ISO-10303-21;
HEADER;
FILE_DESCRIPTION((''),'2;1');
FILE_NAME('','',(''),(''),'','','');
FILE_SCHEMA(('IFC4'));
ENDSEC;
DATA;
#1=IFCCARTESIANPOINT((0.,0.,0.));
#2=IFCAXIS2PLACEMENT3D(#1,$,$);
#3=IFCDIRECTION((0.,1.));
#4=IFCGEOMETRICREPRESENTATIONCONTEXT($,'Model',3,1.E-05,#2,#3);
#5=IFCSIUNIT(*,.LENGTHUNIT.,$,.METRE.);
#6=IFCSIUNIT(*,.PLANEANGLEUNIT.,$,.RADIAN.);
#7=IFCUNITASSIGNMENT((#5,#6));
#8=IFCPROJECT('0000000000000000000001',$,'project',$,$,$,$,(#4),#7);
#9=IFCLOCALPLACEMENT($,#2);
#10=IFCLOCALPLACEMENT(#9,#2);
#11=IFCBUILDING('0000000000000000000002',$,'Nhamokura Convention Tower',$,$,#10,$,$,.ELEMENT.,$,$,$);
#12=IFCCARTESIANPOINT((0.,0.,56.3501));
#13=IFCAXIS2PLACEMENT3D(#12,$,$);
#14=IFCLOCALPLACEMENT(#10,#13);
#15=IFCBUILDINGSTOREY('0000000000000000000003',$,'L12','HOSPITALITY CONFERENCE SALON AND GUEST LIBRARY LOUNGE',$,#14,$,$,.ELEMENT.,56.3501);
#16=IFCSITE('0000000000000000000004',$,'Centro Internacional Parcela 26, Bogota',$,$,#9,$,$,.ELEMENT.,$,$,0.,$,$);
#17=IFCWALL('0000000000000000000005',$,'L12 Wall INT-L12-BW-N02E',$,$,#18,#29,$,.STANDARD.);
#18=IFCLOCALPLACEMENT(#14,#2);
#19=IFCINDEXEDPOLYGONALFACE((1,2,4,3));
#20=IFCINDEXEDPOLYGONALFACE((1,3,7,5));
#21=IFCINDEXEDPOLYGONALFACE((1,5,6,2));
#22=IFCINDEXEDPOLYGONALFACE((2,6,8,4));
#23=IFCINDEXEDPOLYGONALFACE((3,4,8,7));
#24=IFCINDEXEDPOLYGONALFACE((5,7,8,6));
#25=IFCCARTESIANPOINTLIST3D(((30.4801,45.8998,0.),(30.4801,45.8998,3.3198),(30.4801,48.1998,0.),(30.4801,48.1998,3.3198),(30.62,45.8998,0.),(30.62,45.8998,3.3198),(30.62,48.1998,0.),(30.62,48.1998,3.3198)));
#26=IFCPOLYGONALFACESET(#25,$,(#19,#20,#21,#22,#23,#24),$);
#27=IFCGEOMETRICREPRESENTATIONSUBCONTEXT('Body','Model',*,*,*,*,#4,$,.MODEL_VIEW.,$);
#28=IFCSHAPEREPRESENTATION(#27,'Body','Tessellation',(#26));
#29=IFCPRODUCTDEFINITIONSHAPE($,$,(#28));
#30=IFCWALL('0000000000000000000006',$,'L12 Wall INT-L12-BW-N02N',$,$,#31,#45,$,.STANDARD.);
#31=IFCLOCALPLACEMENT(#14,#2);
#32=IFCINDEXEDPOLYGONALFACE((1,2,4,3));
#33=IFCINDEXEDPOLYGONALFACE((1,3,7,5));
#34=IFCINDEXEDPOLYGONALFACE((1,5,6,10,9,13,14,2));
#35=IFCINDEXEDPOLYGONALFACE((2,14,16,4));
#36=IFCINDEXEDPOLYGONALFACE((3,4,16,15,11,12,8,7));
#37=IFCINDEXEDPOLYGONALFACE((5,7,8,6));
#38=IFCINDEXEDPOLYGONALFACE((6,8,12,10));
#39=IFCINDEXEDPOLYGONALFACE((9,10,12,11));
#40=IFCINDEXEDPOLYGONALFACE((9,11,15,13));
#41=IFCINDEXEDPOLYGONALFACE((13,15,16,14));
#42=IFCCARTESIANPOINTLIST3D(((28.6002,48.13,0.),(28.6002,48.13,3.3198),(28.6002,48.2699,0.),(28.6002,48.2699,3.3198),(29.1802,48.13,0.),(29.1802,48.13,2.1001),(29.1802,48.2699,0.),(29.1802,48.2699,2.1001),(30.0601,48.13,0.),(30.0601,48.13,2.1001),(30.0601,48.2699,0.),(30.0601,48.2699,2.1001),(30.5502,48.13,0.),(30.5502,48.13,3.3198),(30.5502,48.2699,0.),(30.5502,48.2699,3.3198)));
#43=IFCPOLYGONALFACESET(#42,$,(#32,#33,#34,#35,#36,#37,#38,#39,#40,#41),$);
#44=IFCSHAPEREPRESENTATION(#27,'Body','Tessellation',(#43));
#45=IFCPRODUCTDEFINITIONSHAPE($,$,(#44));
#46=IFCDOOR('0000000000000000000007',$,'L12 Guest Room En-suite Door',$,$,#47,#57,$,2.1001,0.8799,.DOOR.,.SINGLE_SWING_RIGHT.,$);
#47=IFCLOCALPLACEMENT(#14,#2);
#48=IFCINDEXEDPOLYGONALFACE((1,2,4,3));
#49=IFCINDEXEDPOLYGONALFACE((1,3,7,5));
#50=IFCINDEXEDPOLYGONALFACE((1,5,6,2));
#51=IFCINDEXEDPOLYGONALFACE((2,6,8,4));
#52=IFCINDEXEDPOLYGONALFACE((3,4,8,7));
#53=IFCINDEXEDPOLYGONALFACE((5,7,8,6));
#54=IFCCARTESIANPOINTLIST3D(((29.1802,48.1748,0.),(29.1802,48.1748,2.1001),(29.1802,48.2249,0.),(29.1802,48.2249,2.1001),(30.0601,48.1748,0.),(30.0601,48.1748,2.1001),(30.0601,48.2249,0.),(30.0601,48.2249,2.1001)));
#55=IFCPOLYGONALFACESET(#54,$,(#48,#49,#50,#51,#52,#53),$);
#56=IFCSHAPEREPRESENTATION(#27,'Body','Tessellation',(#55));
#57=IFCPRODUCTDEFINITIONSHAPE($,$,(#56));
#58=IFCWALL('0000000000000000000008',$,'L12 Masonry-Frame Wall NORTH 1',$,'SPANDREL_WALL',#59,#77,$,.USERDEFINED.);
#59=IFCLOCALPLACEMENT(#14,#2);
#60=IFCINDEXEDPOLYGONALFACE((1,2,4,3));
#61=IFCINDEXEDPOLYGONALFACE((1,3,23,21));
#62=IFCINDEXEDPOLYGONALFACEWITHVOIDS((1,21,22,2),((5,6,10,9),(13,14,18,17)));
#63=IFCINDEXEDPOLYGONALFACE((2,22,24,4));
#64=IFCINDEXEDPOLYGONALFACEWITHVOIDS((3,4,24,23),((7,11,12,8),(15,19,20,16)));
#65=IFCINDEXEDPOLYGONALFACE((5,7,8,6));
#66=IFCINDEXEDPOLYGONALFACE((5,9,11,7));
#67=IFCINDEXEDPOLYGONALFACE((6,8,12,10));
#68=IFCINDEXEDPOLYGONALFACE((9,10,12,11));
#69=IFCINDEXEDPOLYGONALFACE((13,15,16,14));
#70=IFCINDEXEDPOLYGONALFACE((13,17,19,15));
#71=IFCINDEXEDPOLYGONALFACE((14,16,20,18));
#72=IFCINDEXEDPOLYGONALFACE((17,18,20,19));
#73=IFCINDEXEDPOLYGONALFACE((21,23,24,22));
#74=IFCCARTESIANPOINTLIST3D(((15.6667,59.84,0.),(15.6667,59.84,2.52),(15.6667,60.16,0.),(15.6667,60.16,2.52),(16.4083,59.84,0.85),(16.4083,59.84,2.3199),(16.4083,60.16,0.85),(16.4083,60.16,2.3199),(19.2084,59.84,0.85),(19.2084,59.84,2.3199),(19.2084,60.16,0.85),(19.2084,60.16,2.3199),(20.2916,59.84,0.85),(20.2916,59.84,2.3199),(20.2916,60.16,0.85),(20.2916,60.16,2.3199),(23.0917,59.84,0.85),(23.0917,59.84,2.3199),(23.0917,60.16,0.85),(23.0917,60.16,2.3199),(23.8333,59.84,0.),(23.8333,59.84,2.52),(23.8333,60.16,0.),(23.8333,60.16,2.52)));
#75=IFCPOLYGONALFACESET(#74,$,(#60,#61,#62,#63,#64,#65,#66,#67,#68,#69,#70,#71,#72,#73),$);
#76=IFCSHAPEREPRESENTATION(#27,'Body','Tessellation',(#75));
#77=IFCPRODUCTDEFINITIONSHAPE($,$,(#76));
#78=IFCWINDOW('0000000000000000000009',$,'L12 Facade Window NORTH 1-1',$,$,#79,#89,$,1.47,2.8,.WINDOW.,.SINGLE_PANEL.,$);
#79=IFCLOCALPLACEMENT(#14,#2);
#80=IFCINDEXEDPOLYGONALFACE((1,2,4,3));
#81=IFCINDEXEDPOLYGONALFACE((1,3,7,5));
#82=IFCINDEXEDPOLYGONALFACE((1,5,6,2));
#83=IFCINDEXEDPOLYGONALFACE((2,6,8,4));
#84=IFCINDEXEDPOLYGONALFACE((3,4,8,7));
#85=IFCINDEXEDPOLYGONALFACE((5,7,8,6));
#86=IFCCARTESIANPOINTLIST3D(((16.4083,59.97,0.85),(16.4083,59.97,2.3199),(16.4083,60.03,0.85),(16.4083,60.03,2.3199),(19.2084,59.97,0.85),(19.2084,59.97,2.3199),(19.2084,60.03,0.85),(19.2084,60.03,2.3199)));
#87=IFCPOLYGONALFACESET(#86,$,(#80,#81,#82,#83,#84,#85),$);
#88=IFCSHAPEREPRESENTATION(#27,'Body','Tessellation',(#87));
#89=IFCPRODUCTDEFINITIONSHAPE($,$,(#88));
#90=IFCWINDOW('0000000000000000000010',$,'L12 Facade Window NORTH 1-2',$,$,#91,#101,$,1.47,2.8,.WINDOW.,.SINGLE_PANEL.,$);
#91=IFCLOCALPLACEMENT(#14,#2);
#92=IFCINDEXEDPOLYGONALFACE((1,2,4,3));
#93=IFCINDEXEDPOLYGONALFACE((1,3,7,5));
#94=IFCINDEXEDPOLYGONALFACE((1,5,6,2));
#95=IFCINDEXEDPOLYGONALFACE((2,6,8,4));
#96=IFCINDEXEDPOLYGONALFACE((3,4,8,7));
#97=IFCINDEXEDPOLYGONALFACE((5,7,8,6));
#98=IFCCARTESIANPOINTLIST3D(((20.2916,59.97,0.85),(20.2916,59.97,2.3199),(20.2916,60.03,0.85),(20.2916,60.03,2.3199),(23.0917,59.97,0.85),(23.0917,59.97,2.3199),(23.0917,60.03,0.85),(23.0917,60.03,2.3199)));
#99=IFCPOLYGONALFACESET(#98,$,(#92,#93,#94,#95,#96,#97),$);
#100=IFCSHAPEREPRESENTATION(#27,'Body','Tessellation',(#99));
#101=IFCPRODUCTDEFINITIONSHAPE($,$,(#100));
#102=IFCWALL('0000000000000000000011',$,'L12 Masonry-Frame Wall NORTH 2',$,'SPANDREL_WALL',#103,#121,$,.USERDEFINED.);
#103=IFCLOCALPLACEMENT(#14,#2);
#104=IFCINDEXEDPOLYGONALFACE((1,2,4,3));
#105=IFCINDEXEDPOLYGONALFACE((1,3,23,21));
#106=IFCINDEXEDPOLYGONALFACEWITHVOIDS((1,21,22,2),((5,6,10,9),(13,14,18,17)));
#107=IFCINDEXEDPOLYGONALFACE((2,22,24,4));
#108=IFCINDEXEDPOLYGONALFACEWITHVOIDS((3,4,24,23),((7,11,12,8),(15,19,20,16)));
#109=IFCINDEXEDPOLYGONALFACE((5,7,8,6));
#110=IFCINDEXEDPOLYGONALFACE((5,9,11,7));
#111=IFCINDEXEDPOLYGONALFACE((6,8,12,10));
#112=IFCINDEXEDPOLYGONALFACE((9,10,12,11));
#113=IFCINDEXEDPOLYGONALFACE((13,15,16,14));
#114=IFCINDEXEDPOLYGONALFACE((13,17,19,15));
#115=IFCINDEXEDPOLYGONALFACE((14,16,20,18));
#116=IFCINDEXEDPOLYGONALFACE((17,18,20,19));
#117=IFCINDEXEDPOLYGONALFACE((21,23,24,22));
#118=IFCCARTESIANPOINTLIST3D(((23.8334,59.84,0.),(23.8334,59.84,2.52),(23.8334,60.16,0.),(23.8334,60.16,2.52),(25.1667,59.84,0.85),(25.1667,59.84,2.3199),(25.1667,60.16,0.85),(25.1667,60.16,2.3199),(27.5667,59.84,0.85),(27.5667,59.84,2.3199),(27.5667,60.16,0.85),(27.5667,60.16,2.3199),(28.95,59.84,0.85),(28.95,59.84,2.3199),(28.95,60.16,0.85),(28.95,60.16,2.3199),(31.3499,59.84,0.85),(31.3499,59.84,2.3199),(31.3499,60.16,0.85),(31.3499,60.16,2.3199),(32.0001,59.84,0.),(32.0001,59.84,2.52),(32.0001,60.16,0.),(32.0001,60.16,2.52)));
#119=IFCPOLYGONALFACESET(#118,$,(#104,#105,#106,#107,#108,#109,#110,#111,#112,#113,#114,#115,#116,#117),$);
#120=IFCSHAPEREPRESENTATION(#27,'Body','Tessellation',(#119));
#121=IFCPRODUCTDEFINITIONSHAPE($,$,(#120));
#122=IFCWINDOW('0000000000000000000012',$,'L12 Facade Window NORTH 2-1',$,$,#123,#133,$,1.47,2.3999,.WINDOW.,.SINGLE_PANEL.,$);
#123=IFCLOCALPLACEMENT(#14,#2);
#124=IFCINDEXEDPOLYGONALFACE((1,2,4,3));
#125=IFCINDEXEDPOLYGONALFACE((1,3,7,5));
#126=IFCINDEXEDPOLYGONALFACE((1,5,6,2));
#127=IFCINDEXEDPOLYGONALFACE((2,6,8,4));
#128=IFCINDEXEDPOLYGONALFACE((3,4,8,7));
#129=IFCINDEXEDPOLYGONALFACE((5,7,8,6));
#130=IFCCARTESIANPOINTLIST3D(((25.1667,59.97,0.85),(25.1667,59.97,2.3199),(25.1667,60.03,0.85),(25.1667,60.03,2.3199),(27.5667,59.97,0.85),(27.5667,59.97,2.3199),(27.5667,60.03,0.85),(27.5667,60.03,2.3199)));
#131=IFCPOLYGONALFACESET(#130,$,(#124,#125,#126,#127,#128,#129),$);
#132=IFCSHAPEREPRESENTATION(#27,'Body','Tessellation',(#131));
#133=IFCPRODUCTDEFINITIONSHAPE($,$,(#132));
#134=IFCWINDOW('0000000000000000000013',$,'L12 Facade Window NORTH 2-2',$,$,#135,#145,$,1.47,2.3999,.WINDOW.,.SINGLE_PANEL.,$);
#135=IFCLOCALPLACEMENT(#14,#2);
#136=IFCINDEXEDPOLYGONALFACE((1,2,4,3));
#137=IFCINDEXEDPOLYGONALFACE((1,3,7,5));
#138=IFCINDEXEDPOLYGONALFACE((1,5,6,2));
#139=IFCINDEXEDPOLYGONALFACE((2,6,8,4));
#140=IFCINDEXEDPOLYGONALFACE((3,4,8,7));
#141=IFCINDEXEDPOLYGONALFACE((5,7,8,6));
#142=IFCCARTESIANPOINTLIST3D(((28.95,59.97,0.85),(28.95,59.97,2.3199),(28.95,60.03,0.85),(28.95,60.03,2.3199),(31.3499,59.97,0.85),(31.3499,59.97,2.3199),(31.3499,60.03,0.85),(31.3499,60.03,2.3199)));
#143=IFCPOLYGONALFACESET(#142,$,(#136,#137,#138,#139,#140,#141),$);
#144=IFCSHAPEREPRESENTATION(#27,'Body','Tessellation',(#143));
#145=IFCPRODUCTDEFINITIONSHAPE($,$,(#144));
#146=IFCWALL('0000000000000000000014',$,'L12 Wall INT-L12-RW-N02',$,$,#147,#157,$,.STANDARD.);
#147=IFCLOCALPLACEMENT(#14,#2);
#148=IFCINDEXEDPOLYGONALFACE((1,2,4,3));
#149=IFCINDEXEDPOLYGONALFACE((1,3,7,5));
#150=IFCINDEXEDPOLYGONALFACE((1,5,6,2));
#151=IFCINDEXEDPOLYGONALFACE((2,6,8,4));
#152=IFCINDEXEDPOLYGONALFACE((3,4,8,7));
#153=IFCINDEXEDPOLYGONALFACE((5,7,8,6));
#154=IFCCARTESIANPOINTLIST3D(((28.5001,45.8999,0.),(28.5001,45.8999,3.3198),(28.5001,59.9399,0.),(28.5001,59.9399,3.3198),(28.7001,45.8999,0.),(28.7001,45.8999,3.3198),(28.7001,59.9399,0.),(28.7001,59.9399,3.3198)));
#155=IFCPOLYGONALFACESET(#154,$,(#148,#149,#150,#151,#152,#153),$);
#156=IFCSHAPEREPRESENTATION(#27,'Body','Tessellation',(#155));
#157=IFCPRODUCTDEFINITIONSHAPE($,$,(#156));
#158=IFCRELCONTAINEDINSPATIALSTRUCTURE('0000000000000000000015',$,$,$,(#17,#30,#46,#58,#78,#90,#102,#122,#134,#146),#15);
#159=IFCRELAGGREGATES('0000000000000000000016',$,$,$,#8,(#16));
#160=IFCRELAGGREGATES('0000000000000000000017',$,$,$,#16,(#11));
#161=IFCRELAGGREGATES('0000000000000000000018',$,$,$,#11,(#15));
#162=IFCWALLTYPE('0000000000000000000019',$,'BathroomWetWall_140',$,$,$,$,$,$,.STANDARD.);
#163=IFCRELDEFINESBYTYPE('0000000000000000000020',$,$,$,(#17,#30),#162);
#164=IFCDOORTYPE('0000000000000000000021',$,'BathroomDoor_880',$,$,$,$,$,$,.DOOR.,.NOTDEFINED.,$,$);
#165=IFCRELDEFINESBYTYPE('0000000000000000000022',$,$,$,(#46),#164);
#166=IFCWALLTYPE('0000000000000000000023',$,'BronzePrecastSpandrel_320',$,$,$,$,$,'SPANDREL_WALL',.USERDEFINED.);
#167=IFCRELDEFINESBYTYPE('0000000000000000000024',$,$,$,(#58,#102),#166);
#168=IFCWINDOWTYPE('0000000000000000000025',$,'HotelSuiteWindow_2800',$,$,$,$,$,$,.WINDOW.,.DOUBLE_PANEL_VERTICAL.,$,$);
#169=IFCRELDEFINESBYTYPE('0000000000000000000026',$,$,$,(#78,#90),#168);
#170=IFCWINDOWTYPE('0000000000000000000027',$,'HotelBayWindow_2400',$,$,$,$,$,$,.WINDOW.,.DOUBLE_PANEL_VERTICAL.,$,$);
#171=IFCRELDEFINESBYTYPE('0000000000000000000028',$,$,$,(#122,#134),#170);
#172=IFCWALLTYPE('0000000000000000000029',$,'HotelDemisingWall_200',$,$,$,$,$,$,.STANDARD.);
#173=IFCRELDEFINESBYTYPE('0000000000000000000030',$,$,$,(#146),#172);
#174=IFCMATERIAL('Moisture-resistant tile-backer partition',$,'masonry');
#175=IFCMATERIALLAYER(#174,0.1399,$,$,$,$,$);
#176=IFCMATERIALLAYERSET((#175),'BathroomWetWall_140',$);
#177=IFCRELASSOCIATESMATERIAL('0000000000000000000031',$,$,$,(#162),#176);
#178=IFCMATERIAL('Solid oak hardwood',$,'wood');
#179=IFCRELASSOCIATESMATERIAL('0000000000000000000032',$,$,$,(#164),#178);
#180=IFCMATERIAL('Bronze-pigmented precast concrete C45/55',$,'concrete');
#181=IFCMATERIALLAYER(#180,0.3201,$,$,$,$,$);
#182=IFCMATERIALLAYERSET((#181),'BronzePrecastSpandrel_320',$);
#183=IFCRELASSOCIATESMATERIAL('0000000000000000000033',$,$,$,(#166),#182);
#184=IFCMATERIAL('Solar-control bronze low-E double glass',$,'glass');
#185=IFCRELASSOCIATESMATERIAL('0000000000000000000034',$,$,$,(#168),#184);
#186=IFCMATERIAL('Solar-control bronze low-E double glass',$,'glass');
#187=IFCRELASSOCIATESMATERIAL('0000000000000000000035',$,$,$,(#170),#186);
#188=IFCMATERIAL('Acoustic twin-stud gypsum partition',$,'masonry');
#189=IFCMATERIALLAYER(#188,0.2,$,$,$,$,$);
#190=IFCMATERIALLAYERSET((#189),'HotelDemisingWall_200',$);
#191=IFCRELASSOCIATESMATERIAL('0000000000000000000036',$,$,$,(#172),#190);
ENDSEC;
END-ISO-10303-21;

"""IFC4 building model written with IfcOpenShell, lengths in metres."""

from ifc_helpers import new_model, si_unit, direction, frame, frame_2d, origin, place, context, subcontext, project, spatial, rectangle, extrude, material, layer, layer_set, type_object, element, fill, save


model = new_model("IFC4")

# Units and contexts
model_context = context("Model", 3, precision=1e-05, world=origin(), true_north=direction((0.0, 1.0)))
body_context = subcontext(model_context, "Body", "Model", "MODEL_VIEW")
ifc_project = project(units=[si_unit("LENGTHUNIT", "METRE"), si_unit("PLANEANGLEUNIT", "RADIAN")], contexts=[model_context])

# Site, building, storey
site_placement = place(None, origin())
site = spatial("IfcSite", under=ifc_project, at=site_placement, Name="Centro Internacional Parcela 26, Bogota", CompositionType="ELEMENT", RefElevation=0.0)
building_placement = place(site_placement, origin())
building = spatial("IfcBuilding", under=site, at=building_placement, Name="Nhamokura Convention Tower", CompositionType="ELEMENT")
storey_placement = place(building_placement, frame((0.0, 0.0, 56.3501)))
storey = spatial("IfcBuildingStorey", under=building, at=storey_placement, Name="L12", Description="HOSPITALITY CONFERENCE SALON AND GUEST LIBRARY LOUNGE", CompositionType="ELEMENT", Elevation=56.3501)

# Shared definitions
ifc_material_1 = material(Name="Moisture-resistant tile-backer partition", Category="masonry")
ifc_layer_1 = layer(ifc_material_1, 0.1399)
ifc_layer_set_1 = layer_set([ifc_layer_1], Name="BathroomWetWall_140")
wall_type_1 = type_object("IfcWallType", Name="BathroomWetWall_140", PredefinedType="STANDARD", material=ifc_layer_set_1)

# Shared definitions
ifc_material_2 = material(Name="Solid oak hardwood", Category="wood")
door_type_1 = type_object("IfcDoorType", Name="BathroomDoor_880", OperationType="NOTDEFINED", PredefinedType="DOOR", material=ifc_material_2)

# Wall
wall_1_placement = place(storey_placement, frame((30.55, 45.8999, 0.0), z_axis=(0.0, 0.0, 1.0), x_axis=(0.0, 1.0, 0.0)))
element("IfcWall", 1, at=wall_1_placement, inside=storey, type_object=wall_type_1, Name="L12 Wall INT-L12-BW-N02E", PredefinedType="STANDARD", context=body_context, shape_type="SweptSolid", body=[
    extrude(rectangle(XDim=2.3, YDim=0.1399, at=frame_2d((1.1499, 0.0))), origin(), (0.0, 0.0, 1.0), 3.3198),
])

# Wall, opening, door
wall_2_placement = place(storey_placement, frame((28.6001, 48.2, 0.0), z_axis=(0.0, 0.0, 1.0), x_axis=(1.0, 0.0, 0.0)))
wall_2 = element("IfcWall", 2, at=wall_2_placement, inside=storey, type_object=wall_type_1, Name="L12 Wall INT-L12-BW-N02N", PredefinedType="STANDARD", context=body_context, shape_type="SweptSolid", body=[
    extrude(rectangle(XDim=1.95, YDim=0.1399, at=frame_2d((0.9751, 0.0))), origin(), (0.0, 0.0, 1.0), 3.3198),
])
opening_1_placement = place(wall_2_placement, frame((0.5801, 0.0, 0.0)))
opening_1 = element("IfcOpeningElement", 3, at=opening_1_placement, cuts=wall_2, PredefinedType="OPENING", context=body_context, shape_type="SweptSolid", body=[
    extrude(rectangle(XDim=0.8799, YDim=2.1001, at=frame_2d((0.4399, 1.05))), frame((0.0, 0.0798, 0.0), z_axis=(0.0, -1.0, 0.0), x_axis=(1.0, 0.0, 0.0)), (0.0, 0.0, 1.0), 0.1599),
])
door_1_placement = place(opening_1_placement, origin())
door_1 = element("IfcDoor", 4, at=door_1_placement, inside=storey, type_object=door_type_1, Name="L12 Guest Room En-suite Door", OperationType="SINGLE_SWING_RIGHT", OverallHeight=2.1001, OverallWidth=0.8799, PredefinedType="DOOR", context=body_context, shape_type="SweptSolid", body=[
    extrude(rectangle(XDim=0.8799, YDim=2.1001, at=frame_2d((0.4399, 1.05))), frame((0.0, 0.0249, 0.0), z_axis=(0.0, -1.0, 0.0), x_axis=(1.0, 0.0, 0.0)), (0.0, 0.0, 1.0), 0.05),
])
fill(opening_1, door_1)

# Walls, openings, windows
ifc_material_3 = material(Name="Bronze-pigmented precast concrete C45/55", Category="concrete")
ifc_layer_2 = layer(ifc_material_3, 0.3201)
ifc_layer_set_2 = layer_set([ifc_layer_2], Name="BronzePrecastSpandrel_320")
wall_type_2 = type_object("IfcWallType", Name="BronzePrecastSpandrel_320", ElementType="SPANDREL_WALL", PredefinedType="USERDEFINED", material=ifc_layer_set_2)
wall_3_placement = place(storey_placement, frame((15.6667, 60.0, 0.0), z_axis=(0.0, 0.0, 1.0), x_axis=(1.0, 0.0, 0.0)))
wall_3 = element("IfcWall", 5, at=wall_3_placement, inside=storey, type_object=wall_type_2, Name="L12 Masonry-Frame Wall NORTH 1", ObjectType="SPANDREL_WALL", PredefinedType="USERDEFINED", context=body_context, shape_type="SweptSolid", body=[
    extrude(rectangle(XDim=8.1665, YDim=0.3201, at=frame_2d((4.0833, 0.0))), origin(), (0.0, 0.0, 1.0), 2.52),
])
opening_2_placement = place(wall_3_placement, frame((0.7417, 0.0, 0.8501)))
opening_2 = element("IfcOpeningElement", 6, at=opening_2_placement, cuts=wall_3, PredefinedType="OPENING", context=body_context, shape_type="SweptSolid", body=[
    extrude(rectangle(XDim=2.8, YDim=1.47, at=frame_2d((1.3999, 0.7349))), frame((0.0, 0.1699, 0.0), z_axis=(0.0, -1.0, 0.0), x_axis=(1.0, 0.0, 0.0)), (0.0, 0.0, 1.0), 0.3401),
])
opening_3_placement = place(wall_3_placement, frame((4.625, 0.0, 0.8501)))
opening_3 = element("IfcOpeningElement", 7, at=opening_3_placement, cuts=wall_3, PredefinedType="OPENING", context=body_context, shape_type="SweptSolid", body=[
    extrude(rectangle(XDim=2.8, YDim=1.47, at=frame_2d((1.3999, 0.7349))), frame((0.0, 0.1699, 0.0), z_axis=(0.0, -1.0, 0.0), x_axis=(1.0, 0.0, 0.0)), (0.0, 0.0, 1.0), 0.3401),
])
ifc_material_4 = material(Name="Solar-control bronze low-E double glass", Category="glass")
window_type_1 = type_object("IfcWindowType", Name="HotelSuiteWindow_2800", PartitioningType="DOUBLE_PANEL_VERTICAL", PredefinedType="WINDOW", material=ifc_material_4)
window_1_placement = place(opening_2_placement, origin())
window_1 = element("IfcWindow", 8, at=window_1_placement, inside=storey, type_object=window_type_1, Name="L12 Facade Window NORTH 1-1", OverallHeight=1.47, OverallWidth=2.8, PartitioningType="SINGLE_PANEL", PredefinedType="WINDOW", context=body_context, shape_type="SweptSolid", body=[
    extrude(rectangle(XDim=2.8, YDim=1.47, at=frame_2d((1.3999, 0.7349))), frame((0.0, 0.03, 0.0), z_axis=(0.0, -1.0, 0.0), x_axis=(1.0, 0.0, 0.0)), (0.0, 0.0, 1.0), 0.0601),
])
fill(opening_2, window_1)
window_2_placement = place(opening_3_placement, origin())
window_2 = element("IfcWindow", 9, at=window_2_placement, inside=storey, type_object=window_type_1, Name="L12 Facade Window NORTH 1-2", OverallHeight=1.47, OverallWidth=2.8, PartitioningType="SINGLE_PANEL", PredefinedType="WINDOW", context=body_context, shape_type="SweptSolid", body=[
    extrude(rectangle(XDim=2.8, YDim=1.47, at=frame_2d((1.3999, 0.7349))), frame((0.0, 0.03, 0.0), z_axis=(0.0, -1.0, 0.0), x_axis=(1.0, 0.0, 0.0)), (0.0, 0.0, 1.0), 0.0601),
])
fill(opening_3, window_2)
wall_4_placement = place(storey_placement, frame((23.8333, 60.0, 0.0), z_axis=(0.0, 0.0, 1.0), x_axis=(1.0, 0.0, 0.0)))
wall_4 = element("IfcWall", 10, at=wall_4_placement, inside=storey, type_object=wall_type_2, Name="L12 Masonry-Frame Wall NORTH 2", ObjectType="SPANDREL_WALL", PredefinedType="USERDEFINED", context=body_context, shape_type="SweptSolid", body=[
    extrude(rectangle(XDim=8.1667, YDim=0.3201, at=frame_2d((4.0835, 0.0))), origin(), (0.0, 0.0, 1.0), 2.52),
])
opening_4_placement = place(wall_4_placement, frame((1.3335, 0.0, 0.8501)))
opening_4 = element("IfcOpeningElement", 11, at=opening_4_placement, cuts=wall_4, PredefinedType="OPENING", context=body_context, shape_type="SweptSolid", body=[
    extrude(rectangle(XDim=2.3999, YDim=1.47, at=frame_2d((1.2, 0.7349))), frame((0.0, 0.1699, 0.0), z_axis=(0.0, -1.0, 0.0), x_axis=(1.0, 0.0, 0.0)), (0.0, 0.0, 1.0), 0.3401),
])
opening_5_placement = place(wall_4_placement, frame((5.1167, 0.0, 0.8501)))
opening_5 = element("IfcOpeningElement", 12, at=opening_5_placement, cuts=wall_4, PredefinedType="OPENING", context=body_context, shape_type="SweptSolid", body=[
    extrude(rectangle(XDim=2.3999, YDim=1.47, at=frame_2d((1.2, 0.7349))), frame((0.0, 0.1699, 0.0), z_axis=(0.0, -1.0, 0.0), x_axis=(1.0, 0.0, 0.0)), (0.0, 0.0, 1.0), 0.3401),
])
ifc_material_5 = material(Name="Solar-control bronze low-E double glass", Category="glass")
window_type_2 = type_object("IfcWindowType", Name="HotelBayWindow_2400", PartitioningType="DOUBLE_PANEL_VERTICAL", PredefinedType="WINDOW", material=ifc_material_5)
window_3_placement = place(opening_4_placement, origin())
window_3 = element("IfcWindow", 13, at=window_3_placement, inside=storey, type_object=window_type_2, Name="L12 Facade Window NORTH 2-1", OverallHeight=1.47, OverallWidth=2.3999, PartitioningType="SINGLE_PANEL", PredefinedType="WINDOW", context=body_context, shape_type="SweptSolid", body=[
    extrude(rectangle(XDim=2.3999, YDim=1.47, at=frame_2d((1.2, 0.7349))), frame((0.0, 0.03, 0.0), z_axis=(0.0, -1.0, 0.0), x_axis=(1.0, 0.0, 0.0)), (0.0, 0.0, 1.0), 0.0601),
])
fill(opening_4, window_3)
window_4_placement = place(opening_5_placement, origin())
window_4 = element("IfcWindow", 14, at=window_4_placement, inside=storey, type_object=window_type_2, Name="L12 Facade Window NORTH 2-2", OverallHeight=1.47, OverallWidth=2.3999, PartitioningType="SINGLE_PANEL", PredefinedType="WINDOW", context=body_context, shape_type="SweptSolid", body=[
    extrude(rectangle(XDim=2.3999, YDim=1.47, at=frame_2d((1.2, 0.7349))), frame((0.0, 0.03, 0.0), z_axis=(0.0, -1.0, 0.0), x_axis=(1.0, 0.0, 0.0)), (0.0, 0.0, 1.0), 0.0601),
])
fill(opening_5, window_4)

# Wall
ifc_material_6 = material(Name="Acoustic twin-stud gypsum partition", Category="masonry")
ifc_layer_3 = layer(ifc_material_6, 0.2)
ifc_layer_set_3 = layer_set([ifc_layer_3], Name="HotelDemisingWall_200")
wall_type_3 = type_object("IfcWallType", Name="HotelDemisingWall_200", PredefinedType="STANDARD", material=ifc_layer_set_3)
wall_5_placement = place(storey_placement, frame((28.6001, 45.8999, 0.0), z_axis=(0.0, 0.0, 1.0), x_axis=(0.0, 1.0, 0.0)))
element("IfcWall", 15, at=wall_5_placement, inside=storey, type_object=wall_type_3, Name="L12 Wall INT-L12-RW-N02", PredefinedType="STANDARD", context=body_context, shape_type="SweptSolid", body=[
    extrude(rectangle(XDim=14.04, YDim=0.2, at=frame_2d((7.02, 0.0))), origin(), (0.0, 0.0, 1.0), 3.3198),
])

save(model, "model.ifc")
